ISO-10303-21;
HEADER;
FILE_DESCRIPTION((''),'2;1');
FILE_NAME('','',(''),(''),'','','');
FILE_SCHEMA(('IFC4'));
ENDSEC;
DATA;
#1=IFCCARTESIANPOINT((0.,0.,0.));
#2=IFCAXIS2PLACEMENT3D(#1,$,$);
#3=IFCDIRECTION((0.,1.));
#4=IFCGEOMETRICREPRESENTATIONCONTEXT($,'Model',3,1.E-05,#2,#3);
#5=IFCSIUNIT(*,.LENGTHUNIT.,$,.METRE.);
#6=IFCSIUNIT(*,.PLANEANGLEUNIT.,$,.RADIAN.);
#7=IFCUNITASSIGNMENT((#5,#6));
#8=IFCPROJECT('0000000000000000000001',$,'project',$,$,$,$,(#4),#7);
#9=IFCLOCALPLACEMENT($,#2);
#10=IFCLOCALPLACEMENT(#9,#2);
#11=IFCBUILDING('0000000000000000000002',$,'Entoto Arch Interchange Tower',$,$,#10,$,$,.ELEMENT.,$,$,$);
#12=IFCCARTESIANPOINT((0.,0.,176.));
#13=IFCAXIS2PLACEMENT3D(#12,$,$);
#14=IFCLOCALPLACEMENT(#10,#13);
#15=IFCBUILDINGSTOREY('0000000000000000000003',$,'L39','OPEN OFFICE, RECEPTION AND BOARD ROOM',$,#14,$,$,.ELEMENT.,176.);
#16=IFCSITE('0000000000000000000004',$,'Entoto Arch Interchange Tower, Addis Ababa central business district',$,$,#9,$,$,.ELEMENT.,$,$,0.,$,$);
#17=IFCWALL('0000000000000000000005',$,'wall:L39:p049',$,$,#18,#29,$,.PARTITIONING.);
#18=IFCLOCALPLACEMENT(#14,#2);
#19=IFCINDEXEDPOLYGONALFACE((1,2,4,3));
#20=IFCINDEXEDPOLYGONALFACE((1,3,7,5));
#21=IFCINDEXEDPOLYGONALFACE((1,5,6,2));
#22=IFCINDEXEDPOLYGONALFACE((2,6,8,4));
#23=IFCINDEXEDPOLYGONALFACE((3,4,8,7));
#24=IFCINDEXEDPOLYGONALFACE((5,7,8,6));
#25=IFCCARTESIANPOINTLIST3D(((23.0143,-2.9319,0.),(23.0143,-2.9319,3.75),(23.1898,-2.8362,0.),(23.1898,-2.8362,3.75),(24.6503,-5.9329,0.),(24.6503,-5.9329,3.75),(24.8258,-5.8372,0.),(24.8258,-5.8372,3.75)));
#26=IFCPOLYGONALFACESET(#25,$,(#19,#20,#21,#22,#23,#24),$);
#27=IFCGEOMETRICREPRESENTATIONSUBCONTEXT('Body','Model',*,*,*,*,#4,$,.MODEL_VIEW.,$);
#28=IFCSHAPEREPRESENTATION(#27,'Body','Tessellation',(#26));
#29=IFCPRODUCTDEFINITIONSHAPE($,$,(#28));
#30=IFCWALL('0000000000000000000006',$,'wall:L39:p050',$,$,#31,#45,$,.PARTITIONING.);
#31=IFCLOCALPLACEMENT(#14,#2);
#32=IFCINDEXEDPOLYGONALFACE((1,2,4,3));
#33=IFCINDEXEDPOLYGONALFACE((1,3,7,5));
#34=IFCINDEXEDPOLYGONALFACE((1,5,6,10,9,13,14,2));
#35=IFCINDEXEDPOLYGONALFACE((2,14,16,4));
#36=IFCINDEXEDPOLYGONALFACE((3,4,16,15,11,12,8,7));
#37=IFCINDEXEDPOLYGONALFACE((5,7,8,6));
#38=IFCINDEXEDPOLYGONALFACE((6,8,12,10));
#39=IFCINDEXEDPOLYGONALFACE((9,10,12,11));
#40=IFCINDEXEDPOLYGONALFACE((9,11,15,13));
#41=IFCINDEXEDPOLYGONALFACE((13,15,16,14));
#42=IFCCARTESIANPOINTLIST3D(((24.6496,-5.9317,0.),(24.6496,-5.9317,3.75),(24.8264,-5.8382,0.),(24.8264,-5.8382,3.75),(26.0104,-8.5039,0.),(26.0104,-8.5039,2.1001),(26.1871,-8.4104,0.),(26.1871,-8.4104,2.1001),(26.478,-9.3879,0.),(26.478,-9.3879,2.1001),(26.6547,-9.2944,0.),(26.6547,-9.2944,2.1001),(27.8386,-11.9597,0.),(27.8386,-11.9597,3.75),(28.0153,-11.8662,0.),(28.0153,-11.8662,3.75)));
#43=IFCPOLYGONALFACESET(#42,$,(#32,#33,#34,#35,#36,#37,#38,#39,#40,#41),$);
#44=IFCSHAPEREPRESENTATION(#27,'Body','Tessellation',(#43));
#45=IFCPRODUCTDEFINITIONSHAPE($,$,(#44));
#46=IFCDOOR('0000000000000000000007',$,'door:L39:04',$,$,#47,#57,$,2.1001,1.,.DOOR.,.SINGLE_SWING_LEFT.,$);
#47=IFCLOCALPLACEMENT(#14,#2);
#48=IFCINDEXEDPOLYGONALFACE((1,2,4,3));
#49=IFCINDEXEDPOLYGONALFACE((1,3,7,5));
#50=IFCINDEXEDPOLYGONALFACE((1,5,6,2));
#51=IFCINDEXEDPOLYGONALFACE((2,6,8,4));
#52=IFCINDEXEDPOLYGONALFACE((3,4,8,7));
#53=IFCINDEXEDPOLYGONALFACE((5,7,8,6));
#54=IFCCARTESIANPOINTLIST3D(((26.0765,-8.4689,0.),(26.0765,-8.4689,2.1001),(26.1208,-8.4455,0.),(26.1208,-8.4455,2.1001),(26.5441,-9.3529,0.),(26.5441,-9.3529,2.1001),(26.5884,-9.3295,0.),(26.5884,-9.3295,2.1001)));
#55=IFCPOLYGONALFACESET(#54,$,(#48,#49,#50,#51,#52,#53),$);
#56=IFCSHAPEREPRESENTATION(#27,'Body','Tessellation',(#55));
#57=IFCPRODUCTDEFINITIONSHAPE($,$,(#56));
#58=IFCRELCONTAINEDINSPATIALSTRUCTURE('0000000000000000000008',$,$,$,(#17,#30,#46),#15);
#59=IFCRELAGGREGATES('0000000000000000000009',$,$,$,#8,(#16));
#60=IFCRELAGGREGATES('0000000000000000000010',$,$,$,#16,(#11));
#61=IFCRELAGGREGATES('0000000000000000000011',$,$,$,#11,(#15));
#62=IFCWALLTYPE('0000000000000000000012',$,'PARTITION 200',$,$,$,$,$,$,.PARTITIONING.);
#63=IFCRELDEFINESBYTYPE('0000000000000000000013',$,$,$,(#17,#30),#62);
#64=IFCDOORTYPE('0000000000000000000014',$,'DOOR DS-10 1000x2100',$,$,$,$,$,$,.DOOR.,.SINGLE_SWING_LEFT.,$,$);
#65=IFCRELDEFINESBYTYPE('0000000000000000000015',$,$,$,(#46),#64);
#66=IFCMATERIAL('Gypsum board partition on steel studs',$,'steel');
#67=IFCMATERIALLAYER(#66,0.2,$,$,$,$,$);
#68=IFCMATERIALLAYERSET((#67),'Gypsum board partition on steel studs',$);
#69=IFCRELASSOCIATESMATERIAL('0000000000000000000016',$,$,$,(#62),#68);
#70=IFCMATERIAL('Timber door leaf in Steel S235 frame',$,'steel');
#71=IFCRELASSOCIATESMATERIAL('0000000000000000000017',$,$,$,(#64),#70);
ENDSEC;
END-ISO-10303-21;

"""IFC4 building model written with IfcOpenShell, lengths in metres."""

from ifc_helpers import new_model, si_unit, direction, frame, frame_2d, origin, place, context, subcontext, project, spatial, rectangle, extrude, material, layer, layer_set, type_object, element, fill, save


model = new_model("IFC4")

# Units and contexts
model_context = context("Model", 3, precision=1e-05, world=origin(), true_north=direction((0.0, 1.0)))
body_context = subcontext(model_context, "Body", "Model", "MODEL_VIEW")
ifc_project = project(units=[si_unit("LENGTHUNIT", "METRE"), si_unit("PLANEANGLEUNIT", "RADIAN")], contexts=[model_context])

# Site, building, storey
site_placement = place(None, origin())
site = spatial("IfcSite", under=ifc_project, at=site_placement, Name="Entoto Arch Interchange Tower, Addis Ababa central business district", CompositionType="ELEMENT", RefElevation=0.0)
building_placement = place(site_placement, origin())
building = spatial("IfcBuilding", under=site, at=building_placement, Name="Entoto Arch Interchange Tower", CompositionType="ELEMENT")
storey_placement = place(building_placement, frame((0.0, 0.0, 176.0)))
storey = spatial("IfcBuildingStorey", under=building, at=storey_placement, Name="L39", Description="OPEN OFFICE, RECEPTION AND BOARD ROOM", CompositionType="ELEMENT", Elevation=176.0)

# Shared definitions
ifc_material_1 = material(Name="Gypsum board partition on steel studs", Category="steel")
ifc_layer_1 = layer(ifc_material_1, 0.2)
ifc_layer_set_1 = layer_set([ifc_layer_1], Name="Gypsum board partition on steel studs")
wall_type_1 = type_object("IfcWallType", Name="PARTITION 200", PredefinedType="PARTITIONING", material=ifc_layer_set_1)

# Shared definitions
ifc_material_2 = material(Name="Timber door leaf in Steel S235 frame", Category="steel")
door_type = type_object("IfcDoorType", Name="DOOR DS-10 1000x2100", OperationType="SINGLE_SWING_LEFT", PredefinedType="DOOR", material=ifc_material_2)

# Wall
wall_1_placement = place(storey_placement, frame((23.1021, -2.884, 0.0), z_axis=(0.0, 0.0, 1.0), x_axis=(0.478647, -0.878007, 0.0)))
element("IfcWall", 1, at=wall_1_placement, inside=storey, type_object=wall_type_1, Name="wall:L39:p049", PredefinedType="PARTITIONING", context=body_context, shape_type="SweptSolid", body=[
    extrude(rectangle(XDim=3.418, YDim=0.2, at=frame_2d((1.709, 0.0))), origin(), (0.0, 0.0, 1.0), 3.75),
])

# Wall, opening, door
wall_2_placement = place(storey_placement, frame((24.738, -5.885, 0.0), z_axis=(0.0, 0.0, 1.0), x_axis=(0.467616, -0.883932, 0.0)))
wall_2 = element("IfcWall", 2, at=wall_2_placement, inside=storey, type_object=wall_type_1, Name="wall:L39:p050", PredefinedType="PARTITIONING", context=body_context, shape_type="SweptSolid", body=[
    extrude(rectangle(XDim=6.8196, YDim=0.2, at=frame_2d((3.4097, 0.0))), origin(), (0.0, 0.0, 1.0), 3.75),
])
opening_1_placement = place(wall_2_placement, frame((2.9099, 0.0, 0.0)))
opening_1 = element("IfcOpeningElement", 3, at=opening_1_placement, cuts=wall_2, PredefinedType="OPENING", context=body_context, shape_type="SweptSolid", body=[
    extrude(rectangle(XDim=1.0, YDim=2.1001, at=frame_2d((0.5, 1.05))), frame((0.0, 0.1099, 0.0), z_axis=(0.0, -1.0, 0.0), x_axis=(1.0, 0.0, 0.0)), (0.0, 0.0, 1.0), 0.22),
])
door_1_placement = place(opening_1_placement, origin())
door_1 = element("IfcDoor", 4, at=door_1_placement, inside=storey, type_object=door_type, Name="door:L39:04", OperationType="SINGLE_SWING_LEFT", OverallHeight=2.1001, OverallWidth=1.0, PredefinedType="DOOR", context=body_context, shape_type="SweptSolid", body=[
    extrude(rectangle(XDim=1.0, YDim=2.1001, at=frame_2d((0.5, 1.05))), frame((0.0, 0.0249, 0.0), z_axis=(0.0, -1.0, 0.0), x_axis=(1.0, 0.0, 0.0)), (0.0, 0.0, 1.0), 0.05),
])
fill(opening_1, door_1)

save(model, "model.ifc")
